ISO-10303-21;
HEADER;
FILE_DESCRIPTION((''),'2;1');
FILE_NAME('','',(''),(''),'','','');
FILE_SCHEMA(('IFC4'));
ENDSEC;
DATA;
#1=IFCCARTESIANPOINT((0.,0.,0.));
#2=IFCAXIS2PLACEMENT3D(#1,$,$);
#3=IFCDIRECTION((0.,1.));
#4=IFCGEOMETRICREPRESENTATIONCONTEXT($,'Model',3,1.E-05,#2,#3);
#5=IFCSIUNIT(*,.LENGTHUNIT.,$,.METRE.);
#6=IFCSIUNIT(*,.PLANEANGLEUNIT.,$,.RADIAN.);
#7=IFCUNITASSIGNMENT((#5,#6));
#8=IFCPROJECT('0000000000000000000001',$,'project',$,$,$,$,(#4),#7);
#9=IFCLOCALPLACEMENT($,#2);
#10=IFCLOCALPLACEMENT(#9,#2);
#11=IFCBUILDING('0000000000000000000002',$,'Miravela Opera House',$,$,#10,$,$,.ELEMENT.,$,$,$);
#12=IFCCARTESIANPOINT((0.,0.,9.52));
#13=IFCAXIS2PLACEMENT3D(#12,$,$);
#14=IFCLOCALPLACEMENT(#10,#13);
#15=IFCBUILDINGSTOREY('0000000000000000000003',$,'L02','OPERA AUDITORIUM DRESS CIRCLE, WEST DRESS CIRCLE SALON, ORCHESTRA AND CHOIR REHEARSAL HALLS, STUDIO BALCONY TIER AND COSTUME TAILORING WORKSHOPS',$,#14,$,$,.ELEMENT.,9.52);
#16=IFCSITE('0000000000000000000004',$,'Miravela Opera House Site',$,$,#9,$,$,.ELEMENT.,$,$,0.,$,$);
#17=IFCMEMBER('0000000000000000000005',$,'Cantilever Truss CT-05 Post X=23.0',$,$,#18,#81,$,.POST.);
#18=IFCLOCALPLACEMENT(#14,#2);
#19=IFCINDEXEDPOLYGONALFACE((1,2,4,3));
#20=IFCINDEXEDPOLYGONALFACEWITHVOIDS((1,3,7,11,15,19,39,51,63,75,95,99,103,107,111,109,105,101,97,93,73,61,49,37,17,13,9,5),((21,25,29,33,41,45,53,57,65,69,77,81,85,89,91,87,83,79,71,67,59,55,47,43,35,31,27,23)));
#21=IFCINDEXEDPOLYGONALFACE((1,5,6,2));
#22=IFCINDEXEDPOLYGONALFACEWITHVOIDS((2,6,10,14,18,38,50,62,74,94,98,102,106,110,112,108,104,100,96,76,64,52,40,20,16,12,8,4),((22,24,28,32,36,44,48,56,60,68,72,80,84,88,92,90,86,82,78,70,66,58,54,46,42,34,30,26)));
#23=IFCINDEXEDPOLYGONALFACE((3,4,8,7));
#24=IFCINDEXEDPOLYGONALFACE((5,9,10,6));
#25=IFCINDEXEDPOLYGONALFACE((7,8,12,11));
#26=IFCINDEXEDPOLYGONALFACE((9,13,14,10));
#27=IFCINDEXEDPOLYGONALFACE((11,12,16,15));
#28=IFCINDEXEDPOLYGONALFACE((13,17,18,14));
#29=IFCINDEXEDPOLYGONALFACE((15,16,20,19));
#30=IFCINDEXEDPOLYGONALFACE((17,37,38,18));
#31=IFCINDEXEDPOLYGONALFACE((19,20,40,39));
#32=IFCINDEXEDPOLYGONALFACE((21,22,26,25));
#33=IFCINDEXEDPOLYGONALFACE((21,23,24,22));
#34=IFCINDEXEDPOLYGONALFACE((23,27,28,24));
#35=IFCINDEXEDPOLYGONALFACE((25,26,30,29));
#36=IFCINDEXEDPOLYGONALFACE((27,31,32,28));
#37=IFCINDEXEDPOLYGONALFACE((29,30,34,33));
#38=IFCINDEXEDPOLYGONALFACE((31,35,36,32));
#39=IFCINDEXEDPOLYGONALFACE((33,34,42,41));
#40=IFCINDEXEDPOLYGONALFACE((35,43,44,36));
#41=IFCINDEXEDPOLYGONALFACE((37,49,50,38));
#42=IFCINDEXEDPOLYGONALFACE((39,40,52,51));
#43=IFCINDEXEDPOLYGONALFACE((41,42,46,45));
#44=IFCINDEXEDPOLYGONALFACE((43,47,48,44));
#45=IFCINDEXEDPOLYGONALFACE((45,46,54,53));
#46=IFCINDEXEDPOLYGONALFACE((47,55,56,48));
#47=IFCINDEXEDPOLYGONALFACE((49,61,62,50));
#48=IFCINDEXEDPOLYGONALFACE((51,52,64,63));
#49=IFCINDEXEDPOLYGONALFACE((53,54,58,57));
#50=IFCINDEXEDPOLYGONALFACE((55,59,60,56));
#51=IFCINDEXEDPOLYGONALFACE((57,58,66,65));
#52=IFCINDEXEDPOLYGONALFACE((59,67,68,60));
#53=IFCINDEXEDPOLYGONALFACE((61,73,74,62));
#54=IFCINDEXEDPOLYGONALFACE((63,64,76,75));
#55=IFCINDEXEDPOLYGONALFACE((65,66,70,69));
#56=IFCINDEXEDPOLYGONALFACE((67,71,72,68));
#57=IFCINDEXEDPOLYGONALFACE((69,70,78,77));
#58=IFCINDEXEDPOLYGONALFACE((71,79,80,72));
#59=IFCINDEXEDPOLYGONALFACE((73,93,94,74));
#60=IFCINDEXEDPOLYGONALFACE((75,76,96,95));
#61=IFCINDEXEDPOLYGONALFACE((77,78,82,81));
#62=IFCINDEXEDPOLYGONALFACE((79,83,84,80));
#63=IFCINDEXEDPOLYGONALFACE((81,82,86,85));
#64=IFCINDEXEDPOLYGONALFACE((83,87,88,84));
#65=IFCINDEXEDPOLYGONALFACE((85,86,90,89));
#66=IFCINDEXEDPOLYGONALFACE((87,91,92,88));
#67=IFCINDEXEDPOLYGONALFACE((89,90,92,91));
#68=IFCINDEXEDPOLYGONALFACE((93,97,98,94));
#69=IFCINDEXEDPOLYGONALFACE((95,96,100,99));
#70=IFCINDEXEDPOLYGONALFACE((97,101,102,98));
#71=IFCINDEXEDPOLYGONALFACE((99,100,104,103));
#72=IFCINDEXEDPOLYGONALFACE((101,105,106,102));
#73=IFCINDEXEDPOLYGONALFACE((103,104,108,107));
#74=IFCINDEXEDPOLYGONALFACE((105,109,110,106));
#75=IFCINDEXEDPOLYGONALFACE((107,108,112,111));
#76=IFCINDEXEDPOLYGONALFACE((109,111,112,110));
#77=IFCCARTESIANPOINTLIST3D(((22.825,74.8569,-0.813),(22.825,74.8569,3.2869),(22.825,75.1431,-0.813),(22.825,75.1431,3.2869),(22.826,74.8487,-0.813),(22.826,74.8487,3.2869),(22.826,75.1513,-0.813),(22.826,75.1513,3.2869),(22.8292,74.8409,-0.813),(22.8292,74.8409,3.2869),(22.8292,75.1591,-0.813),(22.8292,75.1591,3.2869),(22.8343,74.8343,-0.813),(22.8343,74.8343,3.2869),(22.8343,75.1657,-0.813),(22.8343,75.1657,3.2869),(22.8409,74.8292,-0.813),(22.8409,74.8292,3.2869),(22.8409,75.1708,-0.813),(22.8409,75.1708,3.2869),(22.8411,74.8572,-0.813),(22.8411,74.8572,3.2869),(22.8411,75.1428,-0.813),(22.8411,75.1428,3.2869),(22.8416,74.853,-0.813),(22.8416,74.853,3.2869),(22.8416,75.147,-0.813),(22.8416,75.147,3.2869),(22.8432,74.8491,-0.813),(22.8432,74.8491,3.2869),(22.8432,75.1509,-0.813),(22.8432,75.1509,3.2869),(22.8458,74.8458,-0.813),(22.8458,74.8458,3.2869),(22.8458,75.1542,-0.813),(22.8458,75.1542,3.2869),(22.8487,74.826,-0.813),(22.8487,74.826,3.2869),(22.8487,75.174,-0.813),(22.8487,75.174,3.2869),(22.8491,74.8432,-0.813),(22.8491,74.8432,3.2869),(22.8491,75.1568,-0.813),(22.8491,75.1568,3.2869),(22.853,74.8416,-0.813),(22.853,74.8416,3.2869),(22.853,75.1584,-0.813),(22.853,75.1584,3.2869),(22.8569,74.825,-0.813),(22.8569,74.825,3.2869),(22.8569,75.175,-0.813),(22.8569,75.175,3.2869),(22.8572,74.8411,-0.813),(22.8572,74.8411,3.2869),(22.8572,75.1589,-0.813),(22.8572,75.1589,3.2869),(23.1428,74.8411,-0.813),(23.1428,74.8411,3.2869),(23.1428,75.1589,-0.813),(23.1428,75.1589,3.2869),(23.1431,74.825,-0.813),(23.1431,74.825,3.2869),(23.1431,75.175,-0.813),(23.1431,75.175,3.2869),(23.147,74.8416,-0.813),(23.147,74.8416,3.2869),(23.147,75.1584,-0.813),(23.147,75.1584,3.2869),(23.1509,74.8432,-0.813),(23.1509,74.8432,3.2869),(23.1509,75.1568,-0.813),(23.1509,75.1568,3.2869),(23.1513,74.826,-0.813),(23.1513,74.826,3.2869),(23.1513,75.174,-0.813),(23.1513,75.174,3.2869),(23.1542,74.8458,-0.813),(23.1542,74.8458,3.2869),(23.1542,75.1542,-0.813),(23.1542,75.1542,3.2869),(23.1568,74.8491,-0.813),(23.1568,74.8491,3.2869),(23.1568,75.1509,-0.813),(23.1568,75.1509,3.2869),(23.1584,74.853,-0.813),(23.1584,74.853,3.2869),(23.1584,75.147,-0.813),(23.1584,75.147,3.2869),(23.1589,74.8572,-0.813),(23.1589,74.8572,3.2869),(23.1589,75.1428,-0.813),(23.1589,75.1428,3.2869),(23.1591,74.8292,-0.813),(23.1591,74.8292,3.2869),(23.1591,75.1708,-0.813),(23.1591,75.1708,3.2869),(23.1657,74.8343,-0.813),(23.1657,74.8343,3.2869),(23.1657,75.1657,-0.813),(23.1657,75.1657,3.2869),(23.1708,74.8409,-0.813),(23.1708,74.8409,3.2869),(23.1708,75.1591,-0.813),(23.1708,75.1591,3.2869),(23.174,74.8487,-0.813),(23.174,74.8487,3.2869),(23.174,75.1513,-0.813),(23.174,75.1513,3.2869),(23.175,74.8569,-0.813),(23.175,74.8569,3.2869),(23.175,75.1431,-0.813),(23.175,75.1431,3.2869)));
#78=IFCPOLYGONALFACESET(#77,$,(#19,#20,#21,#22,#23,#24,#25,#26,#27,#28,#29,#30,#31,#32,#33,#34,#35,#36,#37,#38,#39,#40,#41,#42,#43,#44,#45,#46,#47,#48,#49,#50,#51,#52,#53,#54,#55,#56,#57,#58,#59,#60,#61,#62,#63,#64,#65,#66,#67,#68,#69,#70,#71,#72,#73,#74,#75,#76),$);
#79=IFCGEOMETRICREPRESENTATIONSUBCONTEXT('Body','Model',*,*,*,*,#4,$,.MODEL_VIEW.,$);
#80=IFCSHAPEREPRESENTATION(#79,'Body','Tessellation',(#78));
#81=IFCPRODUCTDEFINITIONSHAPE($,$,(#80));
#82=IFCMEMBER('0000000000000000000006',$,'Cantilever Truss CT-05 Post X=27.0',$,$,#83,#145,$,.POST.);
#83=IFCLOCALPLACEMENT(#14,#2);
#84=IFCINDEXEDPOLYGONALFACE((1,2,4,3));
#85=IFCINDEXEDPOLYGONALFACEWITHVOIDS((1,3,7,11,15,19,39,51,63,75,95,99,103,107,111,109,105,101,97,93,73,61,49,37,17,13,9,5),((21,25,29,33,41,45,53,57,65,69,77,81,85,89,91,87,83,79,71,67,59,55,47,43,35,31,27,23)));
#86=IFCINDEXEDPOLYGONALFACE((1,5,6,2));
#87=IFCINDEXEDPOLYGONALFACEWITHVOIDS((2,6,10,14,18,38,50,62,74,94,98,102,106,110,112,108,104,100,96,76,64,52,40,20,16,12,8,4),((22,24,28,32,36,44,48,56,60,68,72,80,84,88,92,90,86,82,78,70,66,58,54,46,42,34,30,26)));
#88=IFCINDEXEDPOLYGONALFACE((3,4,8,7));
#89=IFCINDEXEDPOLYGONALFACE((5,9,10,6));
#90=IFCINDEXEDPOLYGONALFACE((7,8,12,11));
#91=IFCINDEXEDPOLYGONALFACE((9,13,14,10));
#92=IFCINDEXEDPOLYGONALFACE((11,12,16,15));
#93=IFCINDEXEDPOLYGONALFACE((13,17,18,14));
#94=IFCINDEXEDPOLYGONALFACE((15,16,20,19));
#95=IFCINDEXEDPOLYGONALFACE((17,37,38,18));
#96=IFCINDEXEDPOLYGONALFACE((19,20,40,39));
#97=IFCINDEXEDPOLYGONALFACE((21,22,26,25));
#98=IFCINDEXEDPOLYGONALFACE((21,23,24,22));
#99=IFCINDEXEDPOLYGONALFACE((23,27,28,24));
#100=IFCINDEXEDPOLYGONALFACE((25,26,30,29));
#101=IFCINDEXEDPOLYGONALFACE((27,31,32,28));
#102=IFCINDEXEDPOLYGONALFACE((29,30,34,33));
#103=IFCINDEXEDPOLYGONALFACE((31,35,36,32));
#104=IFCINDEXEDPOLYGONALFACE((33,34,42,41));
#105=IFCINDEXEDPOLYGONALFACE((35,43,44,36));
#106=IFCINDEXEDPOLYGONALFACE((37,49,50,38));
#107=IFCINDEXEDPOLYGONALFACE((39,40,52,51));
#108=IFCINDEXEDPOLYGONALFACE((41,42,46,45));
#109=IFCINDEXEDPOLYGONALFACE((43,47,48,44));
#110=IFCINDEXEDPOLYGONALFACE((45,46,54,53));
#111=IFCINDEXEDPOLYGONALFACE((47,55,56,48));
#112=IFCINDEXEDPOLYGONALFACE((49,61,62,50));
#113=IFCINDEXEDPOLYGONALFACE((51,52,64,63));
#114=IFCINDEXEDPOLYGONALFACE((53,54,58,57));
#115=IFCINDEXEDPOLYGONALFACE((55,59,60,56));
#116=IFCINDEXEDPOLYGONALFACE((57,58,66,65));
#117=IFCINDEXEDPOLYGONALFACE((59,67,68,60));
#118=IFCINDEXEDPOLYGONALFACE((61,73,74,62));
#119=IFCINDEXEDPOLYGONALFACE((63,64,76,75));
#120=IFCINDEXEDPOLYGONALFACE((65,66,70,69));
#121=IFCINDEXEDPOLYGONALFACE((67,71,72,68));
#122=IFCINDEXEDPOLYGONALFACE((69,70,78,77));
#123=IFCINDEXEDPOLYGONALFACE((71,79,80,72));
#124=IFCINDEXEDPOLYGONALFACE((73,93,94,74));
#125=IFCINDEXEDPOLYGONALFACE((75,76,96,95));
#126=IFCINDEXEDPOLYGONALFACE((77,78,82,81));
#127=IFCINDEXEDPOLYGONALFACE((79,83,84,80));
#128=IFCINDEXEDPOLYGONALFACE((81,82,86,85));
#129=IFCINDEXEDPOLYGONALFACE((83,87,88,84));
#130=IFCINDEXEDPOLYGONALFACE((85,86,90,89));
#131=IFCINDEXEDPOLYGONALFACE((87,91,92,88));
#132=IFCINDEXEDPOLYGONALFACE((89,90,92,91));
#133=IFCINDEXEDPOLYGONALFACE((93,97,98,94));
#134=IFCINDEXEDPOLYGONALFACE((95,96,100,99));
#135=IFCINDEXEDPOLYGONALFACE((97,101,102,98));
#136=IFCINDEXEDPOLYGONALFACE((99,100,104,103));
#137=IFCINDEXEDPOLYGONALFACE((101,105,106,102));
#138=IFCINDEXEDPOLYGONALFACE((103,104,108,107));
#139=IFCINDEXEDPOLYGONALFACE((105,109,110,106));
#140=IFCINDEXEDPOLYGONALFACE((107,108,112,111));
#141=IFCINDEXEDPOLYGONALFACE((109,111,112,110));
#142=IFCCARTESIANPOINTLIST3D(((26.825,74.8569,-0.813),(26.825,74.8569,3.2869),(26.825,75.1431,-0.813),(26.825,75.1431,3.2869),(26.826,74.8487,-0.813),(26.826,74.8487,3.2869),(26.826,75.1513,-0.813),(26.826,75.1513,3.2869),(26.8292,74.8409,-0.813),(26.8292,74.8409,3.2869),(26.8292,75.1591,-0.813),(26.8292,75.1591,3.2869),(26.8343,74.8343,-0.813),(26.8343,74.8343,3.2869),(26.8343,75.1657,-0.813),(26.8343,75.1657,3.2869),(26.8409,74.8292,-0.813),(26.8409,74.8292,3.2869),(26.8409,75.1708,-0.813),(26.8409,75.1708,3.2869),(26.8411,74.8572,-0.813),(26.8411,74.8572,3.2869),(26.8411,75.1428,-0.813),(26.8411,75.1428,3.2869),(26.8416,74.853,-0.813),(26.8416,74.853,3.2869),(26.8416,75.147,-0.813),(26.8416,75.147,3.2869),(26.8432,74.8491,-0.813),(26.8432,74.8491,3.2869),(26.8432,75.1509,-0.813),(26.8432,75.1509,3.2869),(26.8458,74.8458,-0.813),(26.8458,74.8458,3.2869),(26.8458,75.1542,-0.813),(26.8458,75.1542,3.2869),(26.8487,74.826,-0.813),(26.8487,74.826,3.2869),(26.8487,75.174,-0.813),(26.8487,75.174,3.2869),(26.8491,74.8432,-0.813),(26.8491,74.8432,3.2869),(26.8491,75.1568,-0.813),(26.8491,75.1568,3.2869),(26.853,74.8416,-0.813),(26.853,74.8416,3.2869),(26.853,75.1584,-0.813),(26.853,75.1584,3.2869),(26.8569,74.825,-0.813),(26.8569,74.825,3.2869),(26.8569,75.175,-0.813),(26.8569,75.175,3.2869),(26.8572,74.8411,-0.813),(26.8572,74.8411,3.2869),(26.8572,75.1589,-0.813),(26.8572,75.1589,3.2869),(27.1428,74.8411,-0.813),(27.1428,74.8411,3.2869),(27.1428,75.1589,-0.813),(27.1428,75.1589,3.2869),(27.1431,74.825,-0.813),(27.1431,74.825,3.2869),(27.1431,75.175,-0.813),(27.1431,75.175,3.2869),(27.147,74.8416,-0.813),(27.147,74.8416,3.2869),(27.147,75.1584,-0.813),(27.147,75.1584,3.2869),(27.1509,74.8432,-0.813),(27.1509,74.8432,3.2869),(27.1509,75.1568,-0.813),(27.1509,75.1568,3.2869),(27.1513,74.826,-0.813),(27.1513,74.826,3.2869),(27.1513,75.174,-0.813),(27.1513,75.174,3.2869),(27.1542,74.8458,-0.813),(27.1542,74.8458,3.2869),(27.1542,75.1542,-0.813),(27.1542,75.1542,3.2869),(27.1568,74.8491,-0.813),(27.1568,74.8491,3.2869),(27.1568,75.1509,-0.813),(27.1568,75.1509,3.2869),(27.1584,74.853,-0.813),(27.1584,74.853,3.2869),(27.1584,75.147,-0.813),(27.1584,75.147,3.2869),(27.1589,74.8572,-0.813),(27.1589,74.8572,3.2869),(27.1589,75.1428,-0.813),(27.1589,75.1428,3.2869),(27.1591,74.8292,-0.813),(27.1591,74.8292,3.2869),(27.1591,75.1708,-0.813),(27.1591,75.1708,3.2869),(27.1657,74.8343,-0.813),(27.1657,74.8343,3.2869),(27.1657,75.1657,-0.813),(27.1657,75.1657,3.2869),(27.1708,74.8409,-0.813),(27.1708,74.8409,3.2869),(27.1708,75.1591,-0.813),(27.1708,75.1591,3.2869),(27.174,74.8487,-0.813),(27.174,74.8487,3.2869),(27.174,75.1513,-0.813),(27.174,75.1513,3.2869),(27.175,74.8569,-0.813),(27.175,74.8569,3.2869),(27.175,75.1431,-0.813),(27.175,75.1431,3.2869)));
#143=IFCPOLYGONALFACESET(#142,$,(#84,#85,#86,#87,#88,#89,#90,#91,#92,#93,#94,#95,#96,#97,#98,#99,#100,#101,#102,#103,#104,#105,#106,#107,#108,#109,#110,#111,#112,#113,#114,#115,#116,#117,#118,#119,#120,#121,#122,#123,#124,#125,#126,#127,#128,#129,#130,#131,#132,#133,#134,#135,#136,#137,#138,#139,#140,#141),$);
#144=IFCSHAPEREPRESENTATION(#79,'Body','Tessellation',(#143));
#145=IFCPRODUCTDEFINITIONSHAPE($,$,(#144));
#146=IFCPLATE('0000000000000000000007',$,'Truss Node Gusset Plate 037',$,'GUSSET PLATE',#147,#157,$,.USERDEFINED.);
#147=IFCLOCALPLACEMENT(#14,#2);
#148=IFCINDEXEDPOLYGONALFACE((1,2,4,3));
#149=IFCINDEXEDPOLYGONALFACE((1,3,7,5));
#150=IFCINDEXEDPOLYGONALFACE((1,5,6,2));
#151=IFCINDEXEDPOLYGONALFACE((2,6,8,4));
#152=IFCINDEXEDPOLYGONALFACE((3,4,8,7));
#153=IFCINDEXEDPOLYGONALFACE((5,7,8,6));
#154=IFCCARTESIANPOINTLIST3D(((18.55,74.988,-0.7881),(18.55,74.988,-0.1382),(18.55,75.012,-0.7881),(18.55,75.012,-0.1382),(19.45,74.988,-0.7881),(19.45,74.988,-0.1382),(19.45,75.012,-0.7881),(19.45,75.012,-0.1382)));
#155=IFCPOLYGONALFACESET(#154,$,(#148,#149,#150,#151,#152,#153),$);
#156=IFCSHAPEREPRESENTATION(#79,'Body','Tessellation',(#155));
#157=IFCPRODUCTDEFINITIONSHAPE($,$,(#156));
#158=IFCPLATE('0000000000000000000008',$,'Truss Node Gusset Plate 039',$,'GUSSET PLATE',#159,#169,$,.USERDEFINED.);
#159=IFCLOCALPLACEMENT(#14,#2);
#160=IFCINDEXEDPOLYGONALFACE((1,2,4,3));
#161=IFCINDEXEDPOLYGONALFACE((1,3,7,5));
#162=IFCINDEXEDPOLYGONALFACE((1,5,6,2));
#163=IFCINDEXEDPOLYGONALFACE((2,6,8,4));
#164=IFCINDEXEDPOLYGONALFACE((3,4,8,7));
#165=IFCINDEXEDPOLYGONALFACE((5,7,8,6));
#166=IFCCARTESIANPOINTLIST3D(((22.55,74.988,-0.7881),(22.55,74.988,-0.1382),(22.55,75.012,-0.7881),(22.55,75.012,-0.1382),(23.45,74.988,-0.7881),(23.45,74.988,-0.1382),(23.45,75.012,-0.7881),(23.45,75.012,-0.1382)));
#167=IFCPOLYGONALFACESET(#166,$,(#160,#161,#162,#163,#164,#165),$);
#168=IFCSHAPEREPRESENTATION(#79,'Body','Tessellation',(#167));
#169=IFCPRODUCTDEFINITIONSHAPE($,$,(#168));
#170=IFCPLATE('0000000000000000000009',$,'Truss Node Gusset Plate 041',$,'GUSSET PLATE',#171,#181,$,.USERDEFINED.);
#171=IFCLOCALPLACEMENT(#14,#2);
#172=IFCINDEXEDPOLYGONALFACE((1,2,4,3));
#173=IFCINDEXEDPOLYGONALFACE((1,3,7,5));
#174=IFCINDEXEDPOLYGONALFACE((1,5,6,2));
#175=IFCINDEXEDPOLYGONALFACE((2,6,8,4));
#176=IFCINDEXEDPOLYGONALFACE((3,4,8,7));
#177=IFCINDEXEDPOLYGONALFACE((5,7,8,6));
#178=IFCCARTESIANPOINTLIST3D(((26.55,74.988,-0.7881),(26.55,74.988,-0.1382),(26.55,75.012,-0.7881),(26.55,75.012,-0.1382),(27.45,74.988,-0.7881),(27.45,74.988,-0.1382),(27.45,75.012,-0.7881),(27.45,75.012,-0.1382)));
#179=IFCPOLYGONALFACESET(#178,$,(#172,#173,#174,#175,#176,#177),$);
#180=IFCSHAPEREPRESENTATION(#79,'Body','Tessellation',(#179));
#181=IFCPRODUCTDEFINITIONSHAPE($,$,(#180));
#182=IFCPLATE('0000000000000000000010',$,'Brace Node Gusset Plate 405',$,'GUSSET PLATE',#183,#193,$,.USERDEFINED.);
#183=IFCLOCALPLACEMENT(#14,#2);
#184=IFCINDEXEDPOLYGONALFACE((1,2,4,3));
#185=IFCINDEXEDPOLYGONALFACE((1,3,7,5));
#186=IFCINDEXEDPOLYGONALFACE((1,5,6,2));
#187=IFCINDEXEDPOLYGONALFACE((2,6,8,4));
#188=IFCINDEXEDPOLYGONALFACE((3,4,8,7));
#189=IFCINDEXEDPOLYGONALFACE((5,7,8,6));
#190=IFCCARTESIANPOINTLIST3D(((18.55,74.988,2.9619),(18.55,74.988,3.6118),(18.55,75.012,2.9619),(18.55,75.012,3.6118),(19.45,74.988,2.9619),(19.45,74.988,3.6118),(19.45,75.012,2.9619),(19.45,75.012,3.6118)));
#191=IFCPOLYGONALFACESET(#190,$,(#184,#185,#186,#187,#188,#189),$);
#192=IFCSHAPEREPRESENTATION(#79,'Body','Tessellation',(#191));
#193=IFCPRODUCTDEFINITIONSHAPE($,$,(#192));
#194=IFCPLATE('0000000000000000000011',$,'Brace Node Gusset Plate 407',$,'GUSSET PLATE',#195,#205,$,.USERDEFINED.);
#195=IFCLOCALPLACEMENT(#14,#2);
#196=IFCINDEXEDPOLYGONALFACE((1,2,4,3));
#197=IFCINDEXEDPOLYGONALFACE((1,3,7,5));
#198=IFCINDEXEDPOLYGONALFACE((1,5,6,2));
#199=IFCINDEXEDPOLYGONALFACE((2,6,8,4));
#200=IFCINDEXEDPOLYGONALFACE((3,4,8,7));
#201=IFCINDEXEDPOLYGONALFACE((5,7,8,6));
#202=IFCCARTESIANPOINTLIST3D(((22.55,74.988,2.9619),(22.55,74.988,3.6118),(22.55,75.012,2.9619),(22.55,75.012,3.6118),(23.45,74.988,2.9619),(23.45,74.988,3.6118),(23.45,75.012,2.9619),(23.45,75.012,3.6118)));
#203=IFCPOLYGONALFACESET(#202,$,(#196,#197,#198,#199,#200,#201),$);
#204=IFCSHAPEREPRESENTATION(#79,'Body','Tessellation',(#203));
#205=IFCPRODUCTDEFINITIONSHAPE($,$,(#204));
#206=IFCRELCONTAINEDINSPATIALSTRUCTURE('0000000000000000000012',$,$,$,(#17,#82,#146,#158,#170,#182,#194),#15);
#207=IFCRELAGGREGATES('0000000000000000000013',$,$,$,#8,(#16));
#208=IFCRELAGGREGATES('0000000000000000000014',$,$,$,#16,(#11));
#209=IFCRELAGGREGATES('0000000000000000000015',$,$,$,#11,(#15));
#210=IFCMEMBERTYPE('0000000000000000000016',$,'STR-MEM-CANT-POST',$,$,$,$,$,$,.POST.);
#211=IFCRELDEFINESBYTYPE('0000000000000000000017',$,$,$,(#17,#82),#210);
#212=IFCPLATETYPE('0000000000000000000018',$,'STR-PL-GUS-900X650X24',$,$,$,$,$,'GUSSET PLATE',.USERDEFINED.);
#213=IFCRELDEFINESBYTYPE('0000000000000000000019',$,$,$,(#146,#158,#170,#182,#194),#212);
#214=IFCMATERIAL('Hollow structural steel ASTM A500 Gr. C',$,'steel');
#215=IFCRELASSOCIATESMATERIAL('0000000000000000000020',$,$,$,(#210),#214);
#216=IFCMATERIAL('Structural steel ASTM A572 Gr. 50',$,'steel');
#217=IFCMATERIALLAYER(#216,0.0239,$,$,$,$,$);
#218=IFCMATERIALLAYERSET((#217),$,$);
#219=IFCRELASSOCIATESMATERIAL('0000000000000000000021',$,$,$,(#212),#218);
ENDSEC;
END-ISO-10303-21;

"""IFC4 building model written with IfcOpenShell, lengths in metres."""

from ifc_helpers import new_model, si_unit, direction, frame, origin, origin_2d, place, context, subcontext, project, spatial, rectangle, hollow_rectangle, extrude, material, layer, layer_set, material_profile, profile_set, type_object, element, save


model = new_model("IFC4")

# Units and contexts
model_context = context("Model", 3, precision=1e-05, world=origin(), true_north=direction((0.0, 1.0)))
body_context = subcontext(model_context, "Body", "Model", "MODEL_VIEW")
ifc_project = project(units=[si_unit("LENGTHUNIT", "METRE"), si_unit("PLANEANGLEUNIT", "RADIAN")], contexts=[model_context])

# Site, building, storey
site_placement = place(None, origin())
site = spatial("IfcSite", under=ifc_project, at=site_placement, Name="Miravela Opera House Site", CompositionType="ELEMENT", RefElevation=0.0)
building_placement = place(site_placement, origin())
building = spatial("IfcBuilding", under=site, at=building_placement, Name="Miravela Opera House", CompositionType="ELEMENT")
storey_placement = place(building_placement, frame((0.0, 0.0, 9.52)))
storey = spatial("IfcBuildingStorey", under=building, at=storey_placement, Name="L02", Description="OPERA AUDITORIUM DRESS CIRCLE, WEST DRESS CIRCLE SALON, ORCHESTRA AND CHOIR REHEARSAL HALLS, STUDIO BALCONY TIER AND COSTUME TAILORING WORKSHOPS", CompositionType="ELEMENT", Elevation=9.52)

# Members
ifc_material_1 = material(Name="Hollow structural steel ASTM A500 Gr. C", Category="steel")
ifc_material_profile_1 = material_profile(ifc_material_1, hollow_rectangle(XDim=0.3501, YDim=0.3501, WallThickness=0.0161, InnerFilletRadius=0.0161, OuterFilletRadius=0.032, at=origin_2d()), Name="HSS350X350X16")
ifc_profile_set_1 = profile_set([ifc_material_profile_1])
member_type_1 = type_object("IfcMemberType", Name="STR-MEM-CANT-POST", PredefinedType="POST", material=ifc_profile_set_1)
for number, where, z_axis, x_axis, name in (
    (1, (23.0, 75.0, -0.813), (0.0, 0.0, 1.0), (1.0, 0.0, 0.0), "Cantilever Truss CT-05 Post X=23.0"),
    (2, (27.0, 75.0, -0.813), (0.0, 0.0, 1.0), (1.0, 0.0, 0.0), "Cantilever Truss CT-05 Post X=27.0"),
):
    element("IfcMember", number, at=place(storey_placement, frame(where, z_axis=z_axis, x_axis=x_axis)), inside=storey, type_object=member_type_1, Name=name, PredefinedType="POST", context=body_context, shape_type="SweptSolid", body=[
        extrude(hollow_rectangle(XDim=0.3501, YDim=0.3501, WallThickness=0.0161, InnerFilletRadius=0.0161, OuterFilletRadius=0.032, at=origin_2d()), origin(), (0.0, 0.0, 1.0), 4.0999),
    ])

# Plates
ifc_material_2 = material(Name="Structural steel ASTM A572 Gr. 50", Category="steel")
ifc_layer_1 = layer(ifc_material_2, 0.0239)
ifc_layer_set_1 = layer_set([ifc_layer_1])
plate_type = type_object("IfcPlateType", Name="STR-PL-GUS-900X650X24", ElementType="GUSSET PLATE", PredefinedType="USERDEFINED", material=ifc_layer_set_1)
for number, where, z_axis, x_axis, name in (
    (3, (19.0, 75.0, -0.7881), (0.0, 0.0, 1.0), (1.0, 0.0, 0.0), "Truss Node Gusset Plate 037"),
    (4, (23.0, 75.0, -0.7881), (0.0, 0.0, 1.0), (1.0, 0.0, 0.0), "Truss Node Gusset Plate 039"),
    (5, (27.0, 75.0, -0.7881), (0.0, 0.0, 1.0), (1.0, 0.0, 0.0), "Truss Node Gusset Plate 041"),
    (6, (19.0, 75.0, 2.9619), (0.0, 0.0, 1.0), (1.0, 0.0, 0.0), "Brace Node Gusset Plate 405"),
    (7, (23.0, 75.0, 2.9619), (0.0, 0.0, 1.0), (1.0, 0.0, 0.0), "Brace Node Gusset Plate 407"),
):
    element("IfcPlate", number, at=place(storey_placement, frame(where, z_axis=z_axis, x_axis=x_axis)), inside=storey, type_object=plate_type, Name=name, ObjectType="GUSSET PLATE", PredefinedType="USERDEFINED", context=body_context, shape_type="SweptSolid", body=[
        extrude(rectangle(XDim=0.8999, YDim=0.0239, at=origin_2d()), origin(), (0.0, 0.0, 1.0), 0.6499),
    ])

save(model, "model.ifc")
